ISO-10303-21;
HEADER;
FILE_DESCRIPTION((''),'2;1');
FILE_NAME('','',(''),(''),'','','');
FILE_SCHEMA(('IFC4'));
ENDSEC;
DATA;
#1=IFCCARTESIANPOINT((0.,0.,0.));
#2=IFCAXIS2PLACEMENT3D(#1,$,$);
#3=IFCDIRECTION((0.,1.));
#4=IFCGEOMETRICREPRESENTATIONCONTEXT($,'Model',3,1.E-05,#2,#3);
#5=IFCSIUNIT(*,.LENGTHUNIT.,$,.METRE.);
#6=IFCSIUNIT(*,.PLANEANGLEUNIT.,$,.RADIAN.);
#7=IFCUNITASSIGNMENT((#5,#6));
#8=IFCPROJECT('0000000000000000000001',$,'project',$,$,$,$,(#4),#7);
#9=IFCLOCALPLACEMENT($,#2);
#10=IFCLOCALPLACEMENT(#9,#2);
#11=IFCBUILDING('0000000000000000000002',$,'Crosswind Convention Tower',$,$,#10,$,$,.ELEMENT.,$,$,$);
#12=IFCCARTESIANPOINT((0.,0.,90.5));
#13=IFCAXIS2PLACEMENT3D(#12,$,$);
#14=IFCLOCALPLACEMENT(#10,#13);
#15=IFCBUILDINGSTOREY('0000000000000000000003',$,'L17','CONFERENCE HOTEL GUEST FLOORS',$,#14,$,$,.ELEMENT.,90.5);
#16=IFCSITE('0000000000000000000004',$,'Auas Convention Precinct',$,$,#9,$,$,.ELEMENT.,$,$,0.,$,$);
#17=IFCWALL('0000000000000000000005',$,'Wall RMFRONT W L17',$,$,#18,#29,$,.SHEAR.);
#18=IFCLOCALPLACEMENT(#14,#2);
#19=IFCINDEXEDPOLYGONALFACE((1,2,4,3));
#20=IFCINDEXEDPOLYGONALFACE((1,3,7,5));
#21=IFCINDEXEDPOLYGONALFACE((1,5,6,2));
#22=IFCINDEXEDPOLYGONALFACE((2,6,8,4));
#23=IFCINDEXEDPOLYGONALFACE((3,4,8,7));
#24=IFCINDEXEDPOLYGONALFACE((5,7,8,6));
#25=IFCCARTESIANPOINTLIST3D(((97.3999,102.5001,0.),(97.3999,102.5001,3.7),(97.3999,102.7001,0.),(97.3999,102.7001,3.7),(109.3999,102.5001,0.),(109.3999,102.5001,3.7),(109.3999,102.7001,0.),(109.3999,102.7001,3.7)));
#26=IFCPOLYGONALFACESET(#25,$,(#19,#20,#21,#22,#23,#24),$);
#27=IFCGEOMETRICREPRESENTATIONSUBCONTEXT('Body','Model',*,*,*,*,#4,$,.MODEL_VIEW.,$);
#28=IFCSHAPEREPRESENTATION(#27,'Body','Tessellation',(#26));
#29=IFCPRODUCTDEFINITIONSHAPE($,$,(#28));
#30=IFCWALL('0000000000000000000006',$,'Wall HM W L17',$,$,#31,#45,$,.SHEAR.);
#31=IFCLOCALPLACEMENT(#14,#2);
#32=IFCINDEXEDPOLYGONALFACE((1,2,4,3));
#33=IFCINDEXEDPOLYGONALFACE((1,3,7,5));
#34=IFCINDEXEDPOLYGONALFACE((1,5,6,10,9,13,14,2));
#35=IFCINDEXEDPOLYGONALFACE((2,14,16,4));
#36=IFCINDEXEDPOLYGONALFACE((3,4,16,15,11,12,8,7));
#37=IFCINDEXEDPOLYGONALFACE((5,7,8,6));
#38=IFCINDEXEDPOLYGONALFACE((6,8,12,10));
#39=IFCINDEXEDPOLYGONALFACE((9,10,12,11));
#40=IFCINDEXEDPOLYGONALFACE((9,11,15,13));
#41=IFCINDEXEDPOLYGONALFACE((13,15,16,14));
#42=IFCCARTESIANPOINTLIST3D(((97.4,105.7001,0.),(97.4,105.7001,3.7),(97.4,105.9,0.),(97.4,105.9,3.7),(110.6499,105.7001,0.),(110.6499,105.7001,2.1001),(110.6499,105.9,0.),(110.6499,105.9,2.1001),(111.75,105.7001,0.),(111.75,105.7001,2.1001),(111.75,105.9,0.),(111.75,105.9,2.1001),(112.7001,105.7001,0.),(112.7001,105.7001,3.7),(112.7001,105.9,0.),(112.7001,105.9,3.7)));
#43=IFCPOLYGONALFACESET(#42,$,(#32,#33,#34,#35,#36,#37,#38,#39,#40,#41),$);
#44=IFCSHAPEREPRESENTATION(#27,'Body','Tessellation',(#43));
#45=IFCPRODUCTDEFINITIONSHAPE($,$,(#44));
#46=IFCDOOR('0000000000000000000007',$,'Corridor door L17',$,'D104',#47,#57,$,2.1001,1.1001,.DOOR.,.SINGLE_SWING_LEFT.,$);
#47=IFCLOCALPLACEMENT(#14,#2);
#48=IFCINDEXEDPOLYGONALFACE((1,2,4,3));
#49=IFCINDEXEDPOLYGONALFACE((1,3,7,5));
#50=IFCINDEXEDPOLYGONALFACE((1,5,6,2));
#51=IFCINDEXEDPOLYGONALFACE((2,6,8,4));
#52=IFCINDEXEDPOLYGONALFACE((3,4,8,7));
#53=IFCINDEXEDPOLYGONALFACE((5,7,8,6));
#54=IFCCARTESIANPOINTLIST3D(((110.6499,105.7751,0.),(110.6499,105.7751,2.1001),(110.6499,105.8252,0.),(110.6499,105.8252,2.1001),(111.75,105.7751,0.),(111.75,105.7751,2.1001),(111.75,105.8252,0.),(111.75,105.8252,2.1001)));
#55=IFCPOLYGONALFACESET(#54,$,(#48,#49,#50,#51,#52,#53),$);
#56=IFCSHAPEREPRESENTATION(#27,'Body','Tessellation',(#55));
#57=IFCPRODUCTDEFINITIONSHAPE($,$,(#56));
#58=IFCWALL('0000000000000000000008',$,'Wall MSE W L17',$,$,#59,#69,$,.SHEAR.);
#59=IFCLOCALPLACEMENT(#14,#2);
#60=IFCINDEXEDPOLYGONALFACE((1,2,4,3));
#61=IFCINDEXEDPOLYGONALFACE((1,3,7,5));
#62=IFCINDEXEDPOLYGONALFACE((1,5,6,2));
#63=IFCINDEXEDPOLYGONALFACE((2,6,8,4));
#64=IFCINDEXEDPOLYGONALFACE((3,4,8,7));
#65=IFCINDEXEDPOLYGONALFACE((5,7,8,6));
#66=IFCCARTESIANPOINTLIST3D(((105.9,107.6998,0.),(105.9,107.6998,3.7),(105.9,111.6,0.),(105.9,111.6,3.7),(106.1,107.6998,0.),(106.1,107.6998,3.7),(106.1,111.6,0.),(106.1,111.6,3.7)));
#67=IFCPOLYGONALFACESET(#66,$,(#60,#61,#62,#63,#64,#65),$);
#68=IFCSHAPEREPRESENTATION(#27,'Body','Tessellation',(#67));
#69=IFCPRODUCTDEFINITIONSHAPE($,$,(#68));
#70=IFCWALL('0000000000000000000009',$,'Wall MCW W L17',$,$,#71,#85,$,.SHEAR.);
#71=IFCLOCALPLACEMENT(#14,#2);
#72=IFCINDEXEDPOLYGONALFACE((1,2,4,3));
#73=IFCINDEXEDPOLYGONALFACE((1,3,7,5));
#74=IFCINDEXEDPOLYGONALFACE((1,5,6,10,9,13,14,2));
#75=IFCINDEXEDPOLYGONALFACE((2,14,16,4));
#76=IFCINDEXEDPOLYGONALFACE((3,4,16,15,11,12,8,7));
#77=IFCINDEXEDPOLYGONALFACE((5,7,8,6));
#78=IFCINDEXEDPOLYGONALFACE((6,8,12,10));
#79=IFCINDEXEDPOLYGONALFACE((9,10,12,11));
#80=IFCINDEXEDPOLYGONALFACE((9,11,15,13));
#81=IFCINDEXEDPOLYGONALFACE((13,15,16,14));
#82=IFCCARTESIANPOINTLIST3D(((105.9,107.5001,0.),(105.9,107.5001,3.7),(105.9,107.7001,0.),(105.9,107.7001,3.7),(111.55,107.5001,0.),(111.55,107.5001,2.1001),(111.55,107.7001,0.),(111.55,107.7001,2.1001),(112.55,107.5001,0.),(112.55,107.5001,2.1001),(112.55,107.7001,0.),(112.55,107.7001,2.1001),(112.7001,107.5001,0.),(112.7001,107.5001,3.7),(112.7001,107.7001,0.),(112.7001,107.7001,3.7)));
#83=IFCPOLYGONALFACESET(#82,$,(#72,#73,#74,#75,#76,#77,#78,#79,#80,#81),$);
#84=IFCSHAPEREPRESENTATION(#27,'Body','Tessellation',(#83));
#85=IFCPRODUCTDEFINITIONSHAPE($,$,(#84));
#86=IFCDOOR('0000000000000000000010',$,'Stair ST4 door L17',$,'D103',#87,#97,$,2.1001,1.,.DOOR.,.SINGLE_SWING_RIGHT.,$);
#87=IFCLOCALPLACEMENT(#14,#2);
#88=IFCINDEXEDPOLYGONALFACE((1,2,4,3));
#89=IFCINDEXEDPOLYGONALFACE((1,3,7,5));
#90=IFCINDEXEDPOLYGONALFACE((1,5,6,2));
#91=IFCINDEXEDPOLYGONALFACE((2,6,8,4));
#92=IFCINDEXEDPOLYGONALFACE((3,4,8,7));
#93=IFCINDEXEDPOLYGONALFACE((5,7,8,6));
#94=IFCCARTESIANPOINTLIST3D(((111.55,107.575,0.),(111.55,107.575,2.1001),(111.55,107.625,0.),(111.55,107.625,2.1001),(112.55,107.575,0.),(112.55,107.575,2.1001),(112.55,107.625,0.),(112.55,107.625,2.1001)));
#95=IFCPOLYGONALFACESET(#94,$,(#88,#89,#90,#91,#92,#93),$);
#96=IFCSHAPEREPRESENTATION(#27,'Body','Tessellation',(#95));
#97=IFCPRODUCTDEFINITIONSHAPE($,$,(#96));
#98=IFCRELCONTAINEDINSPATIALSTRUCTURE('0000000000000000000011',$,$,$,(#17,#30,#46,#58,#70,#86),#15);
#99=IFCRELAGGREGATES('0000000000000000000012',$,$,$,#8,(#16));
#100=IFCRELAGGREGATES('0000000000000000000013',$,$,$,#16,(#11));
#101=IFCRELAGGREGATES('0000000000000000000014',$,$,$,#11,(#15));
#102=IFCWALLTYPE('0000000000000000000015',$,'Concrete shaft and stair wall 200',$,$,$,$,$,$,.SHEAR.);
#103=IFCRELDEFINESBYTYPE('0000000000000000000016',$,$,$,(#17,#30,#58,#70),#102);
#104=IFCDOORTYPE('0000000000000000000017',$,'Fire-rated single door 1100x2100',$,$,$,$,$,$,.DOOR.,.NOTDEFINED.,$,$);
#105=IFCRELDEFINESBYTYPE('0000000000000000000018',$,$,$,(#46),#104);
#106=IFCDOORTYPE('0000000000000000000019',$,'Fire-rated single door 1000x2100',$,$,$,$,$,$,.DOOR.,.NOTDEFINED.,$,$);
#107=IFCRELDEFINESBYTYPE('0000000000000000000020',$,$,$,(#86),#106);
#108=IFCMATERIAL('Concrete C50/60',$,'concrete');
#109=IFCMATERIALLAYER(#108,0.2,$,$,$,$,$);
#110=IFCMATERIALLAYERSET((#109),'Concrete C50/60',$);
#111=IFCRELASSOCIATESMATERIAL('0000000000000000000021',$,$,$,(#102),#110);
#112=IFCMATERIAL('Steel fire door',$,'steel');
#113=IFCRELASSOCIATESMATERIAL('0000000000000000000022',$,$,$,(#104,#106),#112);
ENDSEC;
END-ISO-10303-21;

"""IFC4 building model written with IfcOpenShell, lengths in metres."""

from ifc_helpers import new_model, si_unit, direction, frame, frame_2d, origin, place, context, subcontext, project, spatial, rectangle, extrude, material, layer, layer_set, type_object, element, fill, save


model = new_model("IFC4")

# Units and contexts
model_context = context("Model", 3, precision=1e-05, world=origin(), true_north=direction((0.0, 1.0)))
body_context = subcontext(model_context, "Body", "Model", "MODEL_VIEW")
ifc_project = project(units=[si_unit("LENGTHUNIT", "METRE"), si_unit("PLANEANGLEUNIT", "RADIAN")], contexts=[model_context])

# Site, building, storey
site_placement = place(None, origin())
site = spatial("IfcSite", under=ifc_project, at=site_placement, Name="Auas Convention Precinct", CompositionType="ELEMENT", RefElevation=0.0)
building_placement = place(site_placement, origin())
building = spatial("IfcBuilding", under=site, at=building_placement, Name="Crosswind Convention Tower", CompositionType="ELEMENT")
storey_placement = place(building_placement, frame((0.0, 0.0, 90.5)))
storey = spatial("IfcBuildingStorey", under=building, at=storey_placement, Name="L17", Description="CONFERENCE HOTEL GUEST FLOORS", CompositionType="ELEMENT", Elevation=90.5)

# Shared definitions
ifc_material_1 = material(Name="Concrete C50/60", Category="concrete")

# Wall
ifc_layer_1 = layer(ifc_material_1, 0.2)
ifc_layer_set_1 = layer_set([ifc_layer_1], Name="Concrete C50/60")
wall_type_1 = type_object("IfcWallType", Name="Concrete shaft and stair wall 200", PredefinedType="SHEAR", material=ifc_layer_set_1)
wall_1_placement = place(storey_placement, frame((109.3999, 102.6001, 0.0), z_axis=(0.0, 0.0, 1.0), x_axis=(-1.0, 0.0, 0.0)))
element("IfcWall", 1, at=wall_1_placement, inside=storey, type_object=wall_type_1, Name="Wall RMFRONT W L17", PredefinedType="SHEAR", context=body_context, shape_type="SweptSolid", body=[
    extrude(rectangle(XDim=12.0, YDim=0.2, at=frame_2d((6.0, 0.0))), origin(), (0.0, 0.0, 1.0), 3.7),
])

# Wall, opening, door
wall_2_placement = place(storey_placement, frame((112.7, 105.8, 0.0), z_axis=(0.0, 0.0, 1.0), x_axis=(-1.0, 0.0, 0.0)))
wall_2 = element("IfcWall", 2, at=wall_2_placement, inside=storey, type_object=wall_type_1, Name="Wall HM W L17", PredefinedType="SHEAR", context=body_context, shape_type="SweptSolid", body=[
    extrude(rectangle(XDim=15.3, YDim=0.2, at=frame_2d((7.6499, 0.0))), origin(), (0.0, 0.0, 1.0), 3.7),
])
opening_1_placement = place(wall_2_placement, frame((0.95, 0.0, 0.0)))
opening_1 = element("IfcOpeningElement", 3, at=opening_1_placement, cuts=wall_2, PredefinedType="OPENING", context=body_context, shape_type="SweptSolid", body=[
    extrude(rectangle(XDim=1.1001, YDim=2.1001, at=frame_2d((0.55, 1.05))), frame((0.0, 0.1099, 0.0), z_axis=(0.0, -1.0, 0.0), x_axis=(1.0, 0.0, 0.0)), (0.0, 0.0, 1.0), 0.22),
])
ifc_material_2 = material(Name="Steel fire door", Category="steel")
door_type_1 = type_object("IfcDoorType", Name="Fire-rated single door 1100x2100", OperationType="NOTDEFINED", PredefinedType="DOOR", material=ifc_material_2)
door_1_placement = place(opening_1_placement, origin())
door_1 = element("IfcDoor", 4, at=door_1_placement, inside=storey, type_object=door_type_1, Name="Corridor door L17", ObjectType="D104", OperationType="SINGLE_SWING_LEFT", OverallHeight=2.1001, OverallWidth=1.1001, PredefinedType="DOOR", context=body_context, shape_type="SweptSolid", body=[
    extrude(rectangle(XDim=1.1001, YDim=2.1001, at=frame_2d((0.55, 1.05))), frame((0.0, 0.0249, 0.0), z_axis=(0.0, -1.0, 0.0), x_axis=(1.0, 0.0, 0.0)), (0.0, 0.0, 1.0), 0.05),
])
fill(opening_1, door_1)

# Wall
wall_3_placement = place(storey_placement, frame((106.0, 111.6001, 0.0), z_axis=(0.0, 0.0, 1.0), x_axis=(0.0, -1.0, 0.0)))
element("IfcWall", 5, at=wall_3_placement, inside=storey, type_object=wall_type_1, Name="Wall MSE W L17", PredefinedType="SHEAR", context=body_context, shape_type="SweptSolid", body=[
    extrude(rectangle(XDim=3.9001, YDim=0.2, at=frame_2d((1.9502, 0.0))), origin(), (0.0, 0.0, 1.0), 3.7),
])

# Wall, opening, door
wall_4_placement = place(storey_placement, frame((112.7, 107.6001, 0.0), z_axis=(0.0, 0.0, 1.0), x_axis=(-1.0, 0.0, 0.0)))
wall_4 = element("IfcWall", 6, at=wall_4_placement, inside=storey, type_object=wall_type_1, Name="Wall MCW W L17", PredefinedType="SHEAR", context=body_context, shape_type="SweptSolid", body=[
    extrude(rectangle(XDim=6.8, YDim=0.2, at=frame_2d((3.3999, 0.0))), origin(), (0.0, 0.0, 1.0), 3.7),
])
opening_2_placement = place(wall_4_placement, frame((0.1499, 0.0, 0.0)))
opening_2 = element("IfcOpeningElement", 7, at=opening_2_placement, cuts=wall_4, PredefinedType="OPENING", context=body_context, shape_type="SweptSolid", body=[
    extrude(rectangle(XDim=1.0, YDim=2.1001, at=frame_2d((0.5, 1.05))), frame((0.0, 0.1099, 0.0), z_axis=(0.0, -1.0, 0.0), x_axis=(1.0, 0.0, 0.0)), (0.0, 0.0, 1.0), 0.22),
])
door_type_2 = type_object("IfcDoorType", Name="Fire-rated single door 1000x2100", OperationType="NOTDEFINED", PredefinedType="DOOR", material=ifc_material_2)
door_2_placement = place(opening_2_placement, frame((1.0, 0.0, 0.0), z_axis=(0.0, 0.0, 1.0), x_axis=(-1.0, 0.0, 0.0)))
door_2 = element("IfcDoor", 8, at=door_2_placement, inside=storey, type_object=door_type_2, Name="Stair ST4 door L17", ObjectType="D103", OperationType="SINGLE_SWING_RIGHT", OverallHeight=2.1001, OverallWidth=1.0, PredefinedType="DOOR", context=body_context, shape_type="SweptSolid", body=[
    extrude(rectangle(XDim=1.0, YDim=2.1001, at=frame_2d((0.5, 1.05))), frame((0.0, 0.0249, 0.0), z_axis=(0.0, -1.0, 0.0), x_axis=(1.0, 0.0, 0.0)), (0.0, 0.0, 1.0), 0.05),
])
fill(opening_2, door_2)

save(model, "model.ifc")
